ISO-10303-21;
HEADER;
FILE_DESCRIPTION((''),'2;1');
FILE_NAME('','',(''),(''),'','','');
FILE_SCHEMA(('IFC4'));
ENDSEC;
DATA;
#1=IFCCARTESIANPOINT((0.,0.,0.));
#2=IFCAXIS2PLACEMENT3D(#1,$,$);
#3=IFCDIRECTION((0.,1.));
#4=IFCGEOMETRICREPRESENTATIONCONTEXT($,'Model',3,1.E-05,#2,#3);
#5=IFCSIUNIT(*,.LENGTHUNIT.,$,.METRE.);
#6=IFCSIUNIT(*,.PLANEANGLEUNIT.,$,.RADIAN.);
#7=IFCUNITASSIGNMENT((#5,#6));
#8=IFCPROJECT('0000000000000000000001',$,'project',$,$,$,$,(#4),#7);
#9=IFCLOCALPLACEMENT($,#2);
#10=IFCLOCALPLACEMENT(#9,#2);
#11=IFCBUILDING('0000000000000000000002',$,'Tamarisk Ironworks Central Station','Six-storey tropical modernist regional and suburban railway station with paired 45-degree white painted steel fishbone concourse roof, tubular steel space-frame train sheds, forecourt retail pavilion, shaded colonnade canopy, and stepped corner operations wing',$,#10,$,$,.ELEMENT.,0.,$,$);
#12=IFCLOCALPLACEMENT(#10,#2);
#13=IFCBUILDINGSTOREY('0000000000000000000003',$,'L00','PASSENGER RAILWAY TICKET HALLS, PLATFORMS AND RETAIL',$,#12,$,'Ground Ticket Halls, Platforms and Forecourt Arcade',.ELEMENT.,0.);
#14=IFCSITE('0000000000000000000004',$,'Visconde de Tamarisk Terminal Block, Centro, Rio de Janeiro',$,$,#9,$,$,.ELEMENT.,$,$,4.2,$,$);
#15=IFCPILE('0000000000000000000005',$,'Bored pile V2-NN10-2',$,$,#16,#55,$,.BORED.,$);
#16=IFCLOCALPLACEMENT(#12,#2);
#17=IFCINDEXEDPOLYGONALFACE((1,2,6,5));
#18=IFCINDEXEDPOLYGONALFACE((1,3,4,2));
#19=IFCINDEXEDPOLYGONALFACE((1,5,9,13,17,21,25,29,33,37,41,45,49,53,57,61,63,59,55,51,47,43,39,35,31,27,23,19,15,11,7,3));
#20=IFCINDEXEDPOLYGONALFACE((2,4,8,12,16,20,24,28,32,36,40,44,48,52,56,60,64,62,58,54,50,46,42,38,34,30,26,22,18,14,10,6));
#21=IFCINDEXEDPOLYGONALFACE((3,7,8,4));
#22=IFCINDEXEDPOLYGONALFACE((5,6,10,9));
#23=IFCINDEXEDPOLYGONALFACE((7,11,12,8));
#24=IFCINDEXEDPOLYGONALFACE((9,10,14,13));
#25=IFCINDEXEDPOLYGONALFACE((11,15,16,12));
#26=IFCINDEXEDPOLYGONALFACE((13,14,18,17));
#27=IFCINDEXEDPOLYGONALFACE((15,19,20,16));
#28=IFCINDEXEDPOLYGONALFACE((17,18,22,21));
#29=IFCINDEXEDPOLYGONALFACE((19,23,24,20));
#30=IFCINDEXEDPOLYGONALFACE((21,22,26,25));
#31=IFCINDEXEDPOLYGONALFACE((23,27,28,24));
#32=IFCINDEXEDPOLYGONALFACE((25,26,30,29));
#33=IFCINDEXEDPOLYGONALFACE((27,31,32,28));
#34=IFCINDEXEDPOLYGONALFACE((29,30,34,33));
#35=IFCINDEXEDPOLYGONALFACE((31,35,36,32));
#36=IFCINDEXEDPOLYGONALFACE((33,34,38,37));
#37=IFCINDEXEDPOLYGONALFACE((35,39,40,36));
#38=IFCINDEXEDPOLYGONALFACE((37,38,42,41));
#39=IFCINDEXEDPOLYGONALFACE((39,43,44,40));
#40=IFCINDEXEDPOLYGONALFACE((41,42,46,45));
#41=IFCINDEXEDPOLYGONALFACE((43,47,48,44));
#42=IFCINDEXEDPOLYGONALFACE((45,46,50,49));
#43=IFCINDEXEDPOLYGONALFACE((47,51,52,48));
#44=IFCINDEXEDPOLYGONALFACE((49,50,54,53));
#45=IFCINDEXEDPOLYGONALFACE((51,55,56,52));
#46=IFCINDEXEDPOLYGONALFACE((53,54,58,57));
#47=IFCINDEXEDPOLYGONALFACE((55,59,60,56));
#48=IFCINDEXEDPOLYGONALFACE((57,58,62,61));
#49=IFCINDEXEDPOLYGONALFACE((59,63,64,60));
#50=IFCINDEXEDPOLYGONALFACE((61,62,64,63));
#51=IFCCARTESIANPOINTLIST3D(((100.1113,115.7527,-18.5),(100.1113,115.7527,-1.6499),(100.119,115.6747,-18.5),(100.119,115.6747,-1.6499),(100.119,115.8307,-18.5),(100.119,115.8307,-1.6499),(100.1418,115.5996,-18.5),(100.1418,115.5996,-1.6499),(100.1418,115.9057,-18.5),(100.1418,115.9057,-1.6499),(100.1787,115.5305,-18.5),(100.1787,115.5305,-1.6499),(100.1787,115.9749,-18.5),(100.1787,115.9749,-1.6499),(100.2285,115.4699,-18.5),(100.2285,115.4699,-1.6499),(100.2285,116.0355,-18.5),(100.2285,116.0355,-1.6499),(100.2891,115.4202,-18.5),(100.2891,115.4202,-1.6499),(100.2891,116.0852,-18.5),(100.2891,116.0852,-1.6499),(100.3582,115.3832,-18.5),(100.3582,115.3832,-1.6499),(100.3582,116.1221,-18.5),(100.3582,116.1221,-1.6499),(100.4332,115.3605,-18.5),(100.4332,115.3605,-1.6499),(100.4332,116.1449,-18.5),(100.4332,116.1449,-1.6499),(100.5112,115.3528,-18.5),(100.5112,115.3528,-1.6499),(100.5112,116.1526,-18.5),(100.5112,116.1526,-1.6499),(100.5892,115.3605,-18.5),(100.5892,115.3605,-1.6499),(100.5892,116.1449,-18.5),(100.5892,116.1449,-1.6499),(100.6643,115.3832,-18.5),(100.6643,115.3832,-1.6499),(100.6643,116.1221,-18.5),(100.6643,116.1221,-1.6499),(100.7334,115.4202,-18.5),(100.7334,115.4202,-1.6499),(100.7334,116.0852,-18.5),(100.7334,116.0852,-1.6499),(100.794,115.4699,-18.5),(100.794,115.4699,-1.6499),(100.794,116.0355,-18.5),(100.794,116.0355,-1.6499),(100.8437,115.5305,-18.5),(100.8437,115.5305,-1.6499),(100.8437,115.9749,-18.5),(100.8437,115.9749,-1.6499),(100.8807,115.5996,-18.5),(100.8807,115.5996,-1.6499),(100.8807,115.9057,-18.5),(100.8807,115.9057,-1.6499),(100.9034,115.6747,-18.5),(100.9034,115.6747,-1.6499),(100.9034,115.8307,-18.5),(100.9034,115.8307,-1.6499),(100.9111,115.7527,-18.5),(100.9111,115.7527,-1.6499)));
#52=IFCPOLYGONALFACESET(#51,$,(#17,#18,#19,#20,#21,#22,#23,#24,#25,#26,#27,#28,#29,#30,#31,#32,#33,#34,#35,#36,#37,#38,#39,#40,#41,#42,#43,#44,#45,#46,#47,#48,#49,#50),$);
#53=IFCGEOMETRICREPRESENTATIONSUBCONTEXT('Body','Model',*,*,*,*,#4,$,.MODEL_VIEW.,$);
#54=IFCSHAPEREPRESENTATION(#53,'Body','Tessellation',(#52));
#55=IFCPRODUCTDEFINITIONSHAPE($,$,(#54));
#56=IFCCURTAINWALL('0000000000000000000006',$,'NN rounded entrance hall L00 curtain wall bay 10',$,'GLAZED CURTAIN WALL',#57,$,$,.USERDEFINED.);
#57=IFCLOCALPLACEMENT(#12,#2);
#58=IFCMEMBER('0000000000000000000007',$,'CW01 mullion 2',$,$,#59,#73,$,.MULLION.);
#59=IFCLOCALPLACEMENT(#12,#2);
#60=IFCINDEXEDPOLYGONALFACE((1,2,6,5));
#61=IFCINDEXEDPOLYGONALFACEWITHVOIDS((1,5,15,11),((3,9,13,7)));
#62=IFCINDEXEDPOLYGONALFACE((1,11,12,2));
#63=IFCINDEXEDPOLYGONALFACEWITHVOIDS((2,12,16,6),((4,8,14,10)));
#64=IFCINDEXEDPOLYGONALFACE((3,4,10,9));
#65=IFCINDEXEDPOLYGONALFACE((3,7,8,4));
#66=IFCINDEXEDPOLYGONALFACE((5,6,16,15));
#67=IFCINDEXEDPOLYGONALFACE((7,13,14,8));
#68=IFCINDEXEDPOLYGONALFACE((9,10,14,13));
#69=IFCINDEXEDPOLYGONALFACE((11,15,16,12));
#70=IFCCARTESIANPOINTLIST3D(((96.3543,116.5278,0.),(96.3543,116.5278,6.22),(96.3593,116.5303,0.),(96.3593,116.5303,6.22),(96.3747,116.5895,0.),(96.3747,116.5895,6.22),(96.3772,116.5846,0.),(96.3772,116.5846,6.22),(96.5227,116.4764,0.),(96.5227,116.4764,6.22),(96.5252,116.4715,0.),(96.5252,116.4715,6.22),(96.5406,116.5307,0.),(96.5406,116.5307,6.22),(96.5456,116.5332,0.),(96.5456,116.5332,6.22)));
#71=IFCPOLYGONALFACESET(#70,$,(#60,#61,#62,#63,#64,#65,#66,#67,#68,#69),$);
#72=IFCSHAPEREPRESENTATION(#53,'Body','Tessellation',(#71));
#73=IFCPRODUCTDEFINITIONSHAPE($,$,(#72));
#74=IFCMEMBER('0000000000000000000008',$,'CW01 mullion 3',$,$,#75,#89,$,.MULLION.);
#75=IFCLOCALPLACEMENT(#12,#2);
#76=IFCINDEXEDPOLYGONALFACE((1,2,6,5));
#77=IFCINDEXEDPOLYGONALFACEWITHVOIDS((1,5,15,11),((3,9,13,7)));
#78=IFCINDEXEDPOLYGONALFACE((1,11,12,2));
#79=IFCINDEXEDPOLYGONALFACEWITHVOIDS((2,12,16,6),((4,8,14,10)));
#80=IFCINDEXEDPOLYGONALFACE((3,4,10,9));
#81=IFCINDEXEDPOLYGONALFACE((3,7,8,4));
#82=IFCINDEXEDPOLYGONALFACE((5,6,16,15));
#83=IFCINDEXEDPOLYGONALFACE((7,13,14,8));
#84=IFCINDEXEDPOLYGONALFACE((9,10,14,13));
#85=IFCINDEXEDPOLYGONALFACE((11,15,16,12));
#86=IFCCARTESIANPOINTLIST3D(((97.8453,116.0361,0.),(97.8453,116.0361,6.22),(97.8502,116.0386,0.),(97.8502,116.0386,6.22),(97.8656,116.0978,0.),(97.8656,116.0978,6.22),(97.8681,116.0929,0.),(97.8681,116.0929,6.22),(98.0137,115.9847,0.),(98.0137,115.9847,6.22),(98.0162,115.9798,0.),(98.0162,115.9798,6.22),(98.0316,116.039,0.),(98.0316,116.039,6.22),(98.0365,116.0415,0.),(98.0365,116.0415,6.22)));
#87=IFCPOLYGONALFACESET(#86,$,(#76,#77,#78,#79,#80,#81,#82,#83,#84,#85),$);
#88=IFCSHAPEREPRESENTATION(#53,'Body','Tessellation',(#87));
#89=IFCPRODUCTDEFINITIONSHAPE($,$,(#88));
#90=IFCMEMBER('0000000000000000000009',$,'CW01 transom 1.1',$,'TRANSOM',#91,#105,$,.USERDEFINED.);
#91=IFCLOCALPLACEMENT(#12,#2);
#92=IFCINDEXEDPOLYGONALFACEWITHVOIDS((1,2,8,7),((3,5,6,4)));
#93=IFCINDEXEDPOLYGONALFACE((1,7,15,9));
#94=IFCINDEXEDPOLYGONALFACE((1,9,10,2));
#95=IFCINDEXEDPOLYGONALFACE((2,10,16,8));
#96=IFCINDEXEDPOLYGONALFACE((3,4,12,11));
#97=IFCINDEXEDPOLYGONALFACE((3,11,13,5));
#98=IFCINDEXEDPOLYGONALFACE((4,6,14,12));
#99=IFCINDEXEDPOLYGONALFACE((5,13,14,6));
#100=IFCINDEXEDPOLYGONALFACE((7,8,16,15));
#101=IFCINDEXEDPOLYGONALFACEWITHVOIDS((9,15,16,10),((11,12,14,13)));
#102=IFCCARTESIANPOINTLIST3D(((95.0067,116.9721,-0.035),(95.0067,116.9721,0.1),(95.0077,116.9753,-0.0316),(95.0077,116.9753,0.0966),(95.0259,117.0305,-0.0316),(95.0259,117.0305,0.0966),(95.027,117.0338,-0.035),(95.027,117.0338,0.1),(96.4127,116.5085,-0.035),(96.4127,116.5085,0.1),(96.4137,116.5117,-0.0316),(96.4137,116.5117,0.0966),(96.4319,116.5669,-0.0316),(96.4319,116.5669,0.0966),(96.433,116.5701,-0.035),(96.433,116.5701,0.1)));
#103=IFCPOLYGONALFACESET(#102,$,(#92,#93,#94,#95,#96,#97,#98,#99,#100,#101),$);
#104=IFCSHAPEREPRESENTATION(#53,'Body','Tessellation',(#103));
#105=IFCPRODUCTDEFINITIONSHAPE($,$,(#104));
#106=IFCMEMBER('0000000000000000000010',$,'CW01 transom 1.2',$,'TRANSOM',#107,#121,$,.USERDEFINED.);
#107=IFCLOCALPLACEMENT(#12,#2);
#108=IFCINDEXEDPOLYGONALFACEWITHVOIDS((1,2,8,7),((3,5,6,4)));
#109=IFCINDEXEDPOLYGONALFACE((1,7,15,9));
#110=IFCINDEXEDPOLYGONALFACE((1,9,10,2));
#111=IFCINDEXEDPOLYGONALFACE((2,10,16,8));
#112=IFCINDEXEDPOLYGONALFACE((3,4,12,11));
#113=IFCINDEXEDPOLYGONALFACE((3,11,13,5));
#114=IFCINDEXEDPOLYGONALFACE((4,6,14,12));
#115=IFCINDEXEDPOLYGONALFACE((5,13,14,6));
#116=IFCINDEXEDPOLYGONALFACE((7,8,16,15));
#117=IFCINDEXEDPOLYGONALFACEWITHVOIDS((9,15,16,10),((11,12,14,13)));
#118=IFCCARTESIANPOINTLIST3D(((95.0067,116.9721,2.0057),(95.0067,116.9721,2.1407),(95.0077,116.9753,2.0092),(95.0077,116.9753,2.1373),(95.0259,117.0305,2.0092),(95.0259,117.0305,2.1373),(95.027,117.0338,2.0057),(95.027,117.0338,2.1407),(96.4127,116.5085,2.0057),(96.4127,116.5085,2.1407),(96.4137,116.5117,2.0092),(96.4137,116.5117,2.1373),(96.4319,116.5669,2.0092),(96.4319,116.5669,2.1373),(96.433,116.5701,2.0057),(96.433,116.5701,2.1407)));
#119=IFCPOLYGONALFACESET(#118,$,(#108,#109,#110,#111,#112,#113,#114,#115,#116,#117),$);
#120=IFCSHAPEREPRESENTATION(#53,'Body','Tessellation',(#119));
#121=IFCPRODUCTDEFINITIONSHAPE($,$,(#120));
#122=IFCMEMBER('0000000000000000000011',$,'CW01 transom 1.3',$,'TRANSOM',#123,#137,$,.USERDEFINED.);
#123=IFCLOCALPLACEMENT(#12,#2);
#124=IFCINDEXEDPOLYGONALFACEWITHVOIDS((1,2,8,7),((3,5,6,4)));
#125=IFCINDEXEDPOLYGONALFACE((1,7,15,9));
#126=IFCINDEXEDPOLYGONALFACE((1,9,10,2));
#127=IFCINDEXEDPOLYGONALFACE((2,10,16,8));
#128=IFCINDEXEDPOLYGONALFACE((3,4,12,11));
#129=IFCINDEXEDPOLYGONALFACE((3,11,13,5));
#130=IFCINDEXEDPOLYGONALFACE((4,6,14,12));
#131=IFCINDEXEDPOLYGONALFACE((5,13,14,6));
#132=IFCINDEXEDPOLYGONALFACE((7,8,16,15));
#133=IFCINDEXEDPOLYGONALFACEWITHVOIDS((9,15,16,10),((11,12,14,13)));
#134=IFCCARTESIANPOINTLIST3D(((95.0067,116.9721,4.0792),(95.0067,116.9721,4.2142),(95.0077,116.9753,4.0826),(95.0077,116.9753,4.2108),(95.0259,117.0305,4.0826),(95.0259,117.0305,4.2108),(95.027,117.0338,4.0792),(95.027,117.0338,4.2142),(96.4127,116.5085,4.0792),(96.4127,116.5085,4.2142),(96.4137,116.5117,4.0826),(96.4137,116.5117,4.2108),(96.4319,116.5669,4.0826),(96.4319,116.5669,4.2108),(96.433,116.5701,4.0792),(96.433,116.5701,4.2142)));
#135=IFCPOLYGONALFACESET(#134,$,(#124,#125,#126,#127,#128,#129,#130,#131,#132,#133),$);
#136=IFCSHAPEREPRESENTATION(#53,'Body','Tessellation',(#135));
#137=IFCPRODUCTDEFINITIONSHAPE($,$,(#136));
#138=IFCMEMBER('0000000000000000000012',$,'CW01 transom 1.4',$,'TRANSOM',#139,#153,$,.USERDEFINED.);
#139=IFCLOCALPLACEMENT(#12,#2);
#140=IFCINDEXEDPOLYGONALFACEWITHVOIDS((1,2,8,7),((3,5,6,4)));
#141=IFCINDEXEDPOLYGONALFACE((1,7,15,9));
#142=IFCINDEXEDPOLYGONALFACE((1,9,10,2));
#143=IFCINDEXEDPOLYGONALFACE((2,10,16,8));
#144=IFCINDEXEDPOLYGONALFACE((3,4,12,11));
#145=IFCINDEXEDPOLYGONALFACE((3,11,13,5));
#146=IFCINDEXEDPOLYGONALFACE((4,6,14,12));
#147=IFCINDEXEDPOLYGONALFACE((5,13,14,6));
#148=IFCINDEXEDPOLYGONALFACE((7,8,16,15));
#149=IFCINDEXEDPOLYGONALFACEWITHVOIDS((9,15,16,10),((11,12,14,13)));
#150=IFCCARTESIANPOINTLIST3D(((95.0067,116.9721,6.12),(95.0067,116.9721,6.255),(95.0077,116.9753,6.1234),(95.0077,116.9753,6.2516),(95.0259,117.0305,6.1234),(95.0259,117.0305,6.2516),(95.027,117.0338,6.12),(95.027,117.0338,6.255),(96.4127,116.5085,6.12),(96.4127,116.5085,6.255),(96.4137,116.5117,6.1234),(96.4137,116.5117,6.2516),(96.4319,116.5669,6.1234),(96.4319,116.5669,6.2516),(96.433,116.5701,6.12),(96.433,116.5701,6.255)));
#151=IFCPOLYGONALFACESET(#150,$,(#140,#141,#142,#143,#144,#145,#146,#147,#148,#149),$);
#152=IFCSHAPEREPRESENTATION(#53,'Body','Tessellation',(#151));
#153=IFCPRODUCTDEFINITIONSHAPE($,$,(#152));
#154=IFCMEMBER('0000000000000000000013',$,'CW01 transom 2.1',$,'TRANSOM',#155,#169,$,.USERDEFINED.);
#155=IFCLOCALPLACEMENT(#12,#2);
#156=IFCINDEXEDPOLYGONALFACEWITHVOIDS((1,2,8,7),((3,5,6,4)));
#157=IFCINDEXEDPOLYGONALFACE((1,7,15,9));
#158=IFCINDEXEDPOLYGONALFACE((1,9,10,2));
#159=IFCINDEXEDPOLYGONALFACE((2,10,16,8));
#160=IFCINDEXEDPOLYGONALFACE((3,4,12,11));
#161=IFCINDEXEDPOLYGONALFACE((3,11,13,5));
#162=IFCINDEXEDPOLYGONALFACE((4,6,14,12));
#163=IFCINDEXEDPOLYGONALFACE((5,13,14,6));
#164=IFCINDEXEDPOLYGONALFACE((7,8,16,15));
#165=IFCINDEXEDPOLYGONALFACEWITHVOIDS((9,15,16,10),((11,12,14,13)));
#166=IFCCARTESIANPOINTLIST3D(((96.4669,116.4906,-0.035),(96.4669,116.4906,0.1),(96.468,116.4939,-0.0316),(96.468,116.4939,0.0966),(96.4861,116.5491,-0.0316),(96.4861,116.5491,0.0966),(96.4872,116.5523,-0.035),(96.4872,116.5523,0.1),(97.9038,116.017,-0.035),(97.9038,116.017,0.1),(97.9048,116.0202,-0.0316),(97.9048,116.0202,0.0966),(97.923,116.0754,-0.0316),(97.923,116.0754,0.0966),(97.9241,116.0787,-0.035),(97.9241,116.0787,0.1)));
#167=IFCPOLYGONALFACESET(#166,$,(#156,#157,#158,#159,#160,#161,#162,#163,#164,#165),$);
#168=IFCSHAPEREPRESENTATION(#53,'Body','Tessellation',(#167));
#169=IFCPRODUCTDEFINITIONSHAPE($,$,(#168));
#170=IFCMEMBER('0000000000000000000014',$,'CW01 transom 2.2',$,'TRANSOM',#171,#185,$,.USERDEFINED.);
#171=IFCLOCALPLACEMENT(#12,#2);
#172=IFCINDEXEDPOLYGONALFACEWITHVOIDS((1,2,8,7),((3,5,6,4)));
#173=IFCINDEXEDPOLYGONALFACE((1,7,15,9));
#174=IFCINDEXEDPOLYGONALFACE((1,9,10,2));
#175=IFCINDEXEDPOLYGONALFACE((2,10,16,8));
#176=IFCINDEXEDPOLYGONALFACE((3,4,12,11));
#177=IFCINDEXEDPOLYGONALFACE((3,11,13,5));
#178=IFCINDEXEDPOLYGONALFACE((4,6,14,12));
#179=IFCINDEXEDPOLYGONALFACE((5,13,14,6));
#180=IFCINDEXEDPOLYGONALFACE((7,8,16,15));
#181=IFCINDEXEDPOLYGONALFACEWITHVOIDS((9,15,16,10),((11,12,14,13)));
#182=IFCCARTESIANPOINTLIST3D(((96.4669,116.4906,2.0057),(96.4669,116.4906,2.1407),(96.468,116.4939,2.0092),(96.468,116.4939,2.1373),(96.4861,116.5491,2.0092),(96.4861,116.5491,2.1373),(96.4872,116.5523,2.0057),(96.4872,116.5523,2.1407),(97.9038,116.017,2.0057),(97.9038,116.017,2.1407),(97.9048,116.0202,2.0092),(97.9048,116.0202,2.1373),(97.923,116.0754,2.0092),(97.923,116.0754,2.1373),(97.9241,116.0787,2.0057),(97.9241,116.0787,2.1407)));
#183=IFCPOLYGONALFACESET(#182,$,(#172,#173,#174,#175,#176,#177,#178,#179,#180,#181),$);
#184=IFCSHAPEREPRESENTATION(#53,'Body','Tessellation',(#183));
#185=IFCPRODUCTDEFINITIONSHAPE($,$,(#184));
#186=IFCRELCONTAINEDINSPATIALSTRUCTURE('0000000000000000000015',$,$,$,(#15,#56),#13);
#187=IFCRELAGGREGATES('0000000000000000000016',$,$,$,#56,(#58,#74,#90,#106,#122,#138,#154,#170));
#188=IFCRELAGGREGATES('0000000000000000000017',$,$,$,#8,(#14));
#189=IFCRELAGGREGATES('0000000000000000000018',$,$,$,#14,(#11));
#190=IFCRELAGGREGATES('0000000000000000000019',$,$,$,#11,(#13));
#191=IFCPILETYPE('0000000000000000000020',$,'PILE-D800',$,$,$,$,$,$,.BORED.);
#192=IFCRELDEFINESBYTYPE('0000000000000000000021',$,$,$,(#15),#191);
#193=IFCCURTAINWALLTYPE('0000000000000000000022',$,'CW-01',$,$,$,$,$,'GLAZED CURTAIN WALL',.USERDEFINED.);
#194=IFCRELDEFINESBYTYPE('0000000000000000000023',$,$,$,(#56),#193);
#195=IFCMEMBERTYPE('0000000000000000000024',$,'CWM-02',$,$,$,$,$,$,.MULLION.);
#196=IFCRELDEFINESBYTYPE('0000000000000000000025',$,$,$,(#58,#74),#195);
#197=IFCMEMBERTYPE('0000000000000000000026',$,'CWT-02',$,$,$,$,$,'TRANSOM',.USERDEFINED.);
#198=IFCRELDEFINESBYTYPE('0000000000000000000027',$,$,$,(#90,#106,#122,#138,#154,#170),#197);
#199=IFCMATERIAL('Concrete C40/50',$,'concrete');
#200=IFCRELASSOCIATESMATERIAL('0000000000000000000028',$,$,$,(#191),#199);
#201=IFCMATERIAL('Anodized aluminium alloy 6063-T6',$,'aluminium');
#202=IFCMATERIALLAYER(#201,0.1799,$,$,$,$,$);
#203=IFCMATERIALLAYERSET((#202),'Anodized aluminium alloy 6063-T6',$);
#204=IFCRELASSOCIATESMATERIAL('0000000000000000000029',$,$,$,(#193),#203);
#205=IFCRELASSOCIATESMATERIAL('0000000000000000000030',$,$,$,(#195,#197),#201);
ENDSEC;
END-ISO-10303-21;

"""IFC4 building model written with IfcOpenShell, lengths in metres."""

from ifc_helpers import new_model, si_unit, direction, frame, origin, origin_2d, place, context, subcontext, project, spatial, hollow_rectangle, circle, extrude, material, layer, layer_set, material_profile, profile_set, type_object, element, aggregate, save


model = new_model("IFC4")

# Units and contexts
model_context = context("Model", 3, precision=1e-05, world=origin(), true_north=direction((0.0, 1.0)))
body_context = subcontext(model_context, "Body", "Model", "MODEL_VIEW")
ifc_project = project(units=[si_unit("LENGTHUNIT", "METRE"), si_unit("PLANEANGLEUNIT", "RADIAN")], contexts=[model_context])

# Site, building, storey
site_placement = place(None, origin())
site = spatial("IfcSite", under=ifc_project, at=site_placement, Name="Visconde de Tamarisk Terminal Block, Centro, Rio de Janeiro", CompositionType="ELEMENT", RefElevation=4.2)
building_placement = place(site_placement, origin())
building = spatial("IfcBuilding", under=site, at=building_placement, Name="Tamarisk Ironworks Central Station", Description="Six-storey tropical modernist regional and suburban railway station with paired 45-degree white painted steel fishbone concourse roof, tubular steel space-frame train sheds, forecourt retail pavilion, shaded colonnade canopy, and stepped corner operations wing", CompositionType="ELEMENT", ElevationOfRefHeight=0.0)
storey_placement = place(building_placement, origin())
storey = spatial("IfcBuildingStorey", under=building, at=storey_placement, Name="L00", Description="PASSENGER RAILWAY TICKET HALLS, PLATFORMS AND RETAIL", LongName="Ground Ticket Halls, Platforms and Forecourt Arcade", CompositionType="ELEMENT", Elevation=0.0)

# Pile
ifc_material_1 = material(Name="Concrete C40/50", Category="concrete")
ifc_material_profile_1 = material_profile(ifc_material_1, circle(Radius=0.3999, at=origin_2d()), Name="BORED PILE D800")
ifc_profile_set_1 = profile_set([ifc_material_profile_1], Name="Concrete C40/50")
pile_type = type_object("IfcPileType", Name="PILE-D800", PredefinedType="BORED", material=ifc_profile_set_1)
pile_placement = place(storey_placement, frame((100.5112, 115.7527, -1.6499), z_axis=(0.0, 0.0, -1.0), x_axis=(1.0, 0.0, 0.0)))
element("IfcPile", 1, at=pile_placement, inside=storey, type_object=pile_type, Name="Bored pile V2-NN10-2", PredefinedType="BORED", context=body_context, shape_type="SweptSolid", body=[
    extrude(circle(Radius=0.3999, at=origin_2d()), origin(), (0.0, 0.0, 1.0), 16.8501),
])

# Curtain wall, members
ifc_material_2 = material(Name="Anodized aluminium alloy 6063-T6", Category="aluminium")
ifc_layer_1 = layer(ifc_material_2, 0.1799)
ifc_layer_set_1 = layer_set([ifc_layer_1], Name="Anodized aluminium alloy 6063-T6")
curtain_wall_type = type_object("IfcCurtainWallType", Name="CW-01", ElementType="GLAZED CURTAIN WALL", PredefinedType="USERDEFINED", material=ifc_layer_set_1)
curtain_wall_placement = place(storey_placement, origin())
curtain_wall = element("IfcCurtainWall", 2, at=curtain_wall_placement, inside=storey, type_object=curtain_wall_type, Name="NN rounded entrance hall L00 curtain wall bay 10", ObjectType="GLAZED CURTAIN WALL", PredefinedType="USERDEFINED")
ifc_material_profile_2 = material_profile(ifc_material_2, hollow_rectangle(XDim=0.0649, YDim=0.1799, WallThickness=0.0039, at=origin_2d()), Name="ALUM 180x65")
ifc_profile_set_2 = profile_set([ifc_material_profile_2], Name="Anodized aluminium alloy 6063-T6")
member_type_1 = type_object("IfcMemberType", Name="CWM-02", PredefinedType="MULLION", material=ifc_profile_set_2)
member_1_placement = place(storey_placement, frame((96.45, 116.5305, 0.0), z_axis=(0.0, 0.0, 1.0), x_axis=(0.313098, 0.949721, 0.0)))
member_1 = element("IfcMember", 3, at=member_1_placement, type_object=member_type_1, Name="CW01 mullion 2", PredefinedType="MULLION", context=body_context, shape_type="SweptSolid", body=[
    extrude(hollow_rectangle(XDim=0.0649, YDim=0.1799, WallThickness=0.0039, at=origin_2d()), origin(), (0.0, 0.0, 1.0), 6.22),
])
member_2_placement = place(storey_placement, frame((97.9409, 116.0388, 0.0), z_axis=(0.0, 0.0, 1.0), x_axis=(0.313098, 0.949721, 0.0)))
member_2 = element("IfcMember", 4, at=member_2_placement, type_object=member_type_1, Name="CW01 mullion 3", PredefinedType="MULLION", context=body_context, shape_type="SweptSolid", body=[
    extrude(hollow_rectangle(XDim=0.0649, YDim=0.1799, WallThickness=0.0039, at=origin_2d()), origin(), (0.0, 0.0, 1.0), 6.22),
])
ifc_material_profile_3 = material_profile(ifc_material_2, hollow_rectangle(XDim=0.0649, YDim=0.135, WallThickness=0.0034, at=origin_2d()), Name="ALUM 135x65")
ifc_profile_set_3 = profile_set([ifc_material_profile_3], Name="Anodized aluminium alloy 6063-T6")
member_type_2 = type_object("IfcMemberType", Name="CWT-02", ElementType="TRANSOM", PredefinedType="USERDEFINED", material=ifc_profile_set_3)
member_3_placement = place(storey_placement, frame((95.0168, 117.0029, 0.0325), z_axis=(0.949701, -0.313159, 0.0), x_axis=(0.313159, 0.949701, 0.0)))
member_3 = element("IfcMember", 5, at=member_3_placement, type_object=member_type_2, Name="CW01 transom 1.1", ObjectType="TRANSOM", PredefinedType="USERDEFINED", context=body_context, shape_type="SweptSolid", body=[
    extrude(hollow_rectangle(XDim=0.0649, YDim=0.135, WallThickness=0.0034, at=origin_2d()), origin(), (0.0, 0.0, 1.0), 1.4805),
])
member_4_placement = place(storey_placement, frame((95.0168, 117.0029, 2.0732), z_axis=(0.949701, -0.313159, 0.0), x_axis=(0.313159, 0.949701, 0.0)))
member_4 = element("IfcMember", 6, at=member_4_placement, type_object=member_type_2, Name="CW01 transom 1.2", ObjectType="TRANSOM", PredefinedType="USERDEFINED", context=body_context, shape_type="SweptSolid", body=[
    extrude(hollow_rectangle(XDim=0.0649, YDim=0.135, WallThickness=0.0034, at=origin_2d()), origin(), (0.0, 0.0, 1.0), 1.4805),
])
member_5_placement = place(storey_placement, frame((95.0168, 117.0029, 4.1467), z_axis=(0.949701, -0.313159, 0.0), x_axis=(0.313159, 0.949701, 0.0)))
member_5 = element("IfcMember", 7, at=member_5_placement, type_object=member_type_2, Name="CW01 transom 1.3", ObjectType="TRANSOM", PredefinedType="USERDEFINED", context=body_context, shape_type="SweptSolid", body=[
    extrude(hollow_rectangle(XDim=0.0649, YDim=0.135, WallThickness=0.0034, at=origin_2d()), origin(), (0.0, 0.0, 1.0), 1.4805),
])
member_6_placement = place(storey_placement, frame((95.0168, 117.0029, 6.1875), z_axis=(0.949701, -0.313159, 0.0), x_axis=(0.313159, 0.949701, 0.0)))
member_6 = element("IfcMember", 8, at=member_6_placement, type_object=member_type_2, Name="CW01 transom 1.4", ObjectType="TRANSOM", PredefinedType="USERDEFINED", context=body_context, shape_type="SweptSolid", body=[
    extrude(hollow_rectangle(XDim=0.0649, YDim=0.135, WallThickness=0.0034, at=origin_2d()), origin(), (0.0, 0.0, 1.0), 1.4805),
])
member_7_placement = place(storey_placement, frame((96.4771, 116.5215, 0.0325), z_axis=(0.949727, -0.313079, 0.0), x_axis=(0.313079, 0.949727, 0.0)))
member_7 = element("IfcMember", 9, at=member_7_placement, type_object=member_type_2, Name="CW01 transom 2.1", ObjectType="TRANSOM", PredefinedType="USERDEFINED", context=body_context, shape_type="SweptSolid", body=[
    extrude(hollow_rectangle(XDim=0.0649, YDim=0.135, WallThickness=0.0034, at=origin_2d()), origin(), (0.0, 0.0, 1.0), 1.5129),
])
member_8_placement = place(storey_placement, frame((96.4771, 116.5215, 2.0732), z_axis=(0.949727, -0.313079, 0.0), x_axis=(0.313079, 0.949727, 0.0)))
member_8 = element("IfcMember", 10, at=member_8_placement, type_object=member_type_2, Name="CW01 transom 2.2", ObjectType="TRANSOM", PredefinedType="USERDEFINED", context=body_context, shape_type="SweptSolid", body=[
    extrude(hollow_rectangle(XDim=0.0649, YDim=0.135, WallThickness=0.0034, at=origin_2d()), origin(), (0.0, 0.0, 1.0), 1.5129),
])
aggregate(curtain_wall, [member_1, member_2, member_3, member_4, member_5, member_6, member_7, member_8])

save(model, "model.ifc")
